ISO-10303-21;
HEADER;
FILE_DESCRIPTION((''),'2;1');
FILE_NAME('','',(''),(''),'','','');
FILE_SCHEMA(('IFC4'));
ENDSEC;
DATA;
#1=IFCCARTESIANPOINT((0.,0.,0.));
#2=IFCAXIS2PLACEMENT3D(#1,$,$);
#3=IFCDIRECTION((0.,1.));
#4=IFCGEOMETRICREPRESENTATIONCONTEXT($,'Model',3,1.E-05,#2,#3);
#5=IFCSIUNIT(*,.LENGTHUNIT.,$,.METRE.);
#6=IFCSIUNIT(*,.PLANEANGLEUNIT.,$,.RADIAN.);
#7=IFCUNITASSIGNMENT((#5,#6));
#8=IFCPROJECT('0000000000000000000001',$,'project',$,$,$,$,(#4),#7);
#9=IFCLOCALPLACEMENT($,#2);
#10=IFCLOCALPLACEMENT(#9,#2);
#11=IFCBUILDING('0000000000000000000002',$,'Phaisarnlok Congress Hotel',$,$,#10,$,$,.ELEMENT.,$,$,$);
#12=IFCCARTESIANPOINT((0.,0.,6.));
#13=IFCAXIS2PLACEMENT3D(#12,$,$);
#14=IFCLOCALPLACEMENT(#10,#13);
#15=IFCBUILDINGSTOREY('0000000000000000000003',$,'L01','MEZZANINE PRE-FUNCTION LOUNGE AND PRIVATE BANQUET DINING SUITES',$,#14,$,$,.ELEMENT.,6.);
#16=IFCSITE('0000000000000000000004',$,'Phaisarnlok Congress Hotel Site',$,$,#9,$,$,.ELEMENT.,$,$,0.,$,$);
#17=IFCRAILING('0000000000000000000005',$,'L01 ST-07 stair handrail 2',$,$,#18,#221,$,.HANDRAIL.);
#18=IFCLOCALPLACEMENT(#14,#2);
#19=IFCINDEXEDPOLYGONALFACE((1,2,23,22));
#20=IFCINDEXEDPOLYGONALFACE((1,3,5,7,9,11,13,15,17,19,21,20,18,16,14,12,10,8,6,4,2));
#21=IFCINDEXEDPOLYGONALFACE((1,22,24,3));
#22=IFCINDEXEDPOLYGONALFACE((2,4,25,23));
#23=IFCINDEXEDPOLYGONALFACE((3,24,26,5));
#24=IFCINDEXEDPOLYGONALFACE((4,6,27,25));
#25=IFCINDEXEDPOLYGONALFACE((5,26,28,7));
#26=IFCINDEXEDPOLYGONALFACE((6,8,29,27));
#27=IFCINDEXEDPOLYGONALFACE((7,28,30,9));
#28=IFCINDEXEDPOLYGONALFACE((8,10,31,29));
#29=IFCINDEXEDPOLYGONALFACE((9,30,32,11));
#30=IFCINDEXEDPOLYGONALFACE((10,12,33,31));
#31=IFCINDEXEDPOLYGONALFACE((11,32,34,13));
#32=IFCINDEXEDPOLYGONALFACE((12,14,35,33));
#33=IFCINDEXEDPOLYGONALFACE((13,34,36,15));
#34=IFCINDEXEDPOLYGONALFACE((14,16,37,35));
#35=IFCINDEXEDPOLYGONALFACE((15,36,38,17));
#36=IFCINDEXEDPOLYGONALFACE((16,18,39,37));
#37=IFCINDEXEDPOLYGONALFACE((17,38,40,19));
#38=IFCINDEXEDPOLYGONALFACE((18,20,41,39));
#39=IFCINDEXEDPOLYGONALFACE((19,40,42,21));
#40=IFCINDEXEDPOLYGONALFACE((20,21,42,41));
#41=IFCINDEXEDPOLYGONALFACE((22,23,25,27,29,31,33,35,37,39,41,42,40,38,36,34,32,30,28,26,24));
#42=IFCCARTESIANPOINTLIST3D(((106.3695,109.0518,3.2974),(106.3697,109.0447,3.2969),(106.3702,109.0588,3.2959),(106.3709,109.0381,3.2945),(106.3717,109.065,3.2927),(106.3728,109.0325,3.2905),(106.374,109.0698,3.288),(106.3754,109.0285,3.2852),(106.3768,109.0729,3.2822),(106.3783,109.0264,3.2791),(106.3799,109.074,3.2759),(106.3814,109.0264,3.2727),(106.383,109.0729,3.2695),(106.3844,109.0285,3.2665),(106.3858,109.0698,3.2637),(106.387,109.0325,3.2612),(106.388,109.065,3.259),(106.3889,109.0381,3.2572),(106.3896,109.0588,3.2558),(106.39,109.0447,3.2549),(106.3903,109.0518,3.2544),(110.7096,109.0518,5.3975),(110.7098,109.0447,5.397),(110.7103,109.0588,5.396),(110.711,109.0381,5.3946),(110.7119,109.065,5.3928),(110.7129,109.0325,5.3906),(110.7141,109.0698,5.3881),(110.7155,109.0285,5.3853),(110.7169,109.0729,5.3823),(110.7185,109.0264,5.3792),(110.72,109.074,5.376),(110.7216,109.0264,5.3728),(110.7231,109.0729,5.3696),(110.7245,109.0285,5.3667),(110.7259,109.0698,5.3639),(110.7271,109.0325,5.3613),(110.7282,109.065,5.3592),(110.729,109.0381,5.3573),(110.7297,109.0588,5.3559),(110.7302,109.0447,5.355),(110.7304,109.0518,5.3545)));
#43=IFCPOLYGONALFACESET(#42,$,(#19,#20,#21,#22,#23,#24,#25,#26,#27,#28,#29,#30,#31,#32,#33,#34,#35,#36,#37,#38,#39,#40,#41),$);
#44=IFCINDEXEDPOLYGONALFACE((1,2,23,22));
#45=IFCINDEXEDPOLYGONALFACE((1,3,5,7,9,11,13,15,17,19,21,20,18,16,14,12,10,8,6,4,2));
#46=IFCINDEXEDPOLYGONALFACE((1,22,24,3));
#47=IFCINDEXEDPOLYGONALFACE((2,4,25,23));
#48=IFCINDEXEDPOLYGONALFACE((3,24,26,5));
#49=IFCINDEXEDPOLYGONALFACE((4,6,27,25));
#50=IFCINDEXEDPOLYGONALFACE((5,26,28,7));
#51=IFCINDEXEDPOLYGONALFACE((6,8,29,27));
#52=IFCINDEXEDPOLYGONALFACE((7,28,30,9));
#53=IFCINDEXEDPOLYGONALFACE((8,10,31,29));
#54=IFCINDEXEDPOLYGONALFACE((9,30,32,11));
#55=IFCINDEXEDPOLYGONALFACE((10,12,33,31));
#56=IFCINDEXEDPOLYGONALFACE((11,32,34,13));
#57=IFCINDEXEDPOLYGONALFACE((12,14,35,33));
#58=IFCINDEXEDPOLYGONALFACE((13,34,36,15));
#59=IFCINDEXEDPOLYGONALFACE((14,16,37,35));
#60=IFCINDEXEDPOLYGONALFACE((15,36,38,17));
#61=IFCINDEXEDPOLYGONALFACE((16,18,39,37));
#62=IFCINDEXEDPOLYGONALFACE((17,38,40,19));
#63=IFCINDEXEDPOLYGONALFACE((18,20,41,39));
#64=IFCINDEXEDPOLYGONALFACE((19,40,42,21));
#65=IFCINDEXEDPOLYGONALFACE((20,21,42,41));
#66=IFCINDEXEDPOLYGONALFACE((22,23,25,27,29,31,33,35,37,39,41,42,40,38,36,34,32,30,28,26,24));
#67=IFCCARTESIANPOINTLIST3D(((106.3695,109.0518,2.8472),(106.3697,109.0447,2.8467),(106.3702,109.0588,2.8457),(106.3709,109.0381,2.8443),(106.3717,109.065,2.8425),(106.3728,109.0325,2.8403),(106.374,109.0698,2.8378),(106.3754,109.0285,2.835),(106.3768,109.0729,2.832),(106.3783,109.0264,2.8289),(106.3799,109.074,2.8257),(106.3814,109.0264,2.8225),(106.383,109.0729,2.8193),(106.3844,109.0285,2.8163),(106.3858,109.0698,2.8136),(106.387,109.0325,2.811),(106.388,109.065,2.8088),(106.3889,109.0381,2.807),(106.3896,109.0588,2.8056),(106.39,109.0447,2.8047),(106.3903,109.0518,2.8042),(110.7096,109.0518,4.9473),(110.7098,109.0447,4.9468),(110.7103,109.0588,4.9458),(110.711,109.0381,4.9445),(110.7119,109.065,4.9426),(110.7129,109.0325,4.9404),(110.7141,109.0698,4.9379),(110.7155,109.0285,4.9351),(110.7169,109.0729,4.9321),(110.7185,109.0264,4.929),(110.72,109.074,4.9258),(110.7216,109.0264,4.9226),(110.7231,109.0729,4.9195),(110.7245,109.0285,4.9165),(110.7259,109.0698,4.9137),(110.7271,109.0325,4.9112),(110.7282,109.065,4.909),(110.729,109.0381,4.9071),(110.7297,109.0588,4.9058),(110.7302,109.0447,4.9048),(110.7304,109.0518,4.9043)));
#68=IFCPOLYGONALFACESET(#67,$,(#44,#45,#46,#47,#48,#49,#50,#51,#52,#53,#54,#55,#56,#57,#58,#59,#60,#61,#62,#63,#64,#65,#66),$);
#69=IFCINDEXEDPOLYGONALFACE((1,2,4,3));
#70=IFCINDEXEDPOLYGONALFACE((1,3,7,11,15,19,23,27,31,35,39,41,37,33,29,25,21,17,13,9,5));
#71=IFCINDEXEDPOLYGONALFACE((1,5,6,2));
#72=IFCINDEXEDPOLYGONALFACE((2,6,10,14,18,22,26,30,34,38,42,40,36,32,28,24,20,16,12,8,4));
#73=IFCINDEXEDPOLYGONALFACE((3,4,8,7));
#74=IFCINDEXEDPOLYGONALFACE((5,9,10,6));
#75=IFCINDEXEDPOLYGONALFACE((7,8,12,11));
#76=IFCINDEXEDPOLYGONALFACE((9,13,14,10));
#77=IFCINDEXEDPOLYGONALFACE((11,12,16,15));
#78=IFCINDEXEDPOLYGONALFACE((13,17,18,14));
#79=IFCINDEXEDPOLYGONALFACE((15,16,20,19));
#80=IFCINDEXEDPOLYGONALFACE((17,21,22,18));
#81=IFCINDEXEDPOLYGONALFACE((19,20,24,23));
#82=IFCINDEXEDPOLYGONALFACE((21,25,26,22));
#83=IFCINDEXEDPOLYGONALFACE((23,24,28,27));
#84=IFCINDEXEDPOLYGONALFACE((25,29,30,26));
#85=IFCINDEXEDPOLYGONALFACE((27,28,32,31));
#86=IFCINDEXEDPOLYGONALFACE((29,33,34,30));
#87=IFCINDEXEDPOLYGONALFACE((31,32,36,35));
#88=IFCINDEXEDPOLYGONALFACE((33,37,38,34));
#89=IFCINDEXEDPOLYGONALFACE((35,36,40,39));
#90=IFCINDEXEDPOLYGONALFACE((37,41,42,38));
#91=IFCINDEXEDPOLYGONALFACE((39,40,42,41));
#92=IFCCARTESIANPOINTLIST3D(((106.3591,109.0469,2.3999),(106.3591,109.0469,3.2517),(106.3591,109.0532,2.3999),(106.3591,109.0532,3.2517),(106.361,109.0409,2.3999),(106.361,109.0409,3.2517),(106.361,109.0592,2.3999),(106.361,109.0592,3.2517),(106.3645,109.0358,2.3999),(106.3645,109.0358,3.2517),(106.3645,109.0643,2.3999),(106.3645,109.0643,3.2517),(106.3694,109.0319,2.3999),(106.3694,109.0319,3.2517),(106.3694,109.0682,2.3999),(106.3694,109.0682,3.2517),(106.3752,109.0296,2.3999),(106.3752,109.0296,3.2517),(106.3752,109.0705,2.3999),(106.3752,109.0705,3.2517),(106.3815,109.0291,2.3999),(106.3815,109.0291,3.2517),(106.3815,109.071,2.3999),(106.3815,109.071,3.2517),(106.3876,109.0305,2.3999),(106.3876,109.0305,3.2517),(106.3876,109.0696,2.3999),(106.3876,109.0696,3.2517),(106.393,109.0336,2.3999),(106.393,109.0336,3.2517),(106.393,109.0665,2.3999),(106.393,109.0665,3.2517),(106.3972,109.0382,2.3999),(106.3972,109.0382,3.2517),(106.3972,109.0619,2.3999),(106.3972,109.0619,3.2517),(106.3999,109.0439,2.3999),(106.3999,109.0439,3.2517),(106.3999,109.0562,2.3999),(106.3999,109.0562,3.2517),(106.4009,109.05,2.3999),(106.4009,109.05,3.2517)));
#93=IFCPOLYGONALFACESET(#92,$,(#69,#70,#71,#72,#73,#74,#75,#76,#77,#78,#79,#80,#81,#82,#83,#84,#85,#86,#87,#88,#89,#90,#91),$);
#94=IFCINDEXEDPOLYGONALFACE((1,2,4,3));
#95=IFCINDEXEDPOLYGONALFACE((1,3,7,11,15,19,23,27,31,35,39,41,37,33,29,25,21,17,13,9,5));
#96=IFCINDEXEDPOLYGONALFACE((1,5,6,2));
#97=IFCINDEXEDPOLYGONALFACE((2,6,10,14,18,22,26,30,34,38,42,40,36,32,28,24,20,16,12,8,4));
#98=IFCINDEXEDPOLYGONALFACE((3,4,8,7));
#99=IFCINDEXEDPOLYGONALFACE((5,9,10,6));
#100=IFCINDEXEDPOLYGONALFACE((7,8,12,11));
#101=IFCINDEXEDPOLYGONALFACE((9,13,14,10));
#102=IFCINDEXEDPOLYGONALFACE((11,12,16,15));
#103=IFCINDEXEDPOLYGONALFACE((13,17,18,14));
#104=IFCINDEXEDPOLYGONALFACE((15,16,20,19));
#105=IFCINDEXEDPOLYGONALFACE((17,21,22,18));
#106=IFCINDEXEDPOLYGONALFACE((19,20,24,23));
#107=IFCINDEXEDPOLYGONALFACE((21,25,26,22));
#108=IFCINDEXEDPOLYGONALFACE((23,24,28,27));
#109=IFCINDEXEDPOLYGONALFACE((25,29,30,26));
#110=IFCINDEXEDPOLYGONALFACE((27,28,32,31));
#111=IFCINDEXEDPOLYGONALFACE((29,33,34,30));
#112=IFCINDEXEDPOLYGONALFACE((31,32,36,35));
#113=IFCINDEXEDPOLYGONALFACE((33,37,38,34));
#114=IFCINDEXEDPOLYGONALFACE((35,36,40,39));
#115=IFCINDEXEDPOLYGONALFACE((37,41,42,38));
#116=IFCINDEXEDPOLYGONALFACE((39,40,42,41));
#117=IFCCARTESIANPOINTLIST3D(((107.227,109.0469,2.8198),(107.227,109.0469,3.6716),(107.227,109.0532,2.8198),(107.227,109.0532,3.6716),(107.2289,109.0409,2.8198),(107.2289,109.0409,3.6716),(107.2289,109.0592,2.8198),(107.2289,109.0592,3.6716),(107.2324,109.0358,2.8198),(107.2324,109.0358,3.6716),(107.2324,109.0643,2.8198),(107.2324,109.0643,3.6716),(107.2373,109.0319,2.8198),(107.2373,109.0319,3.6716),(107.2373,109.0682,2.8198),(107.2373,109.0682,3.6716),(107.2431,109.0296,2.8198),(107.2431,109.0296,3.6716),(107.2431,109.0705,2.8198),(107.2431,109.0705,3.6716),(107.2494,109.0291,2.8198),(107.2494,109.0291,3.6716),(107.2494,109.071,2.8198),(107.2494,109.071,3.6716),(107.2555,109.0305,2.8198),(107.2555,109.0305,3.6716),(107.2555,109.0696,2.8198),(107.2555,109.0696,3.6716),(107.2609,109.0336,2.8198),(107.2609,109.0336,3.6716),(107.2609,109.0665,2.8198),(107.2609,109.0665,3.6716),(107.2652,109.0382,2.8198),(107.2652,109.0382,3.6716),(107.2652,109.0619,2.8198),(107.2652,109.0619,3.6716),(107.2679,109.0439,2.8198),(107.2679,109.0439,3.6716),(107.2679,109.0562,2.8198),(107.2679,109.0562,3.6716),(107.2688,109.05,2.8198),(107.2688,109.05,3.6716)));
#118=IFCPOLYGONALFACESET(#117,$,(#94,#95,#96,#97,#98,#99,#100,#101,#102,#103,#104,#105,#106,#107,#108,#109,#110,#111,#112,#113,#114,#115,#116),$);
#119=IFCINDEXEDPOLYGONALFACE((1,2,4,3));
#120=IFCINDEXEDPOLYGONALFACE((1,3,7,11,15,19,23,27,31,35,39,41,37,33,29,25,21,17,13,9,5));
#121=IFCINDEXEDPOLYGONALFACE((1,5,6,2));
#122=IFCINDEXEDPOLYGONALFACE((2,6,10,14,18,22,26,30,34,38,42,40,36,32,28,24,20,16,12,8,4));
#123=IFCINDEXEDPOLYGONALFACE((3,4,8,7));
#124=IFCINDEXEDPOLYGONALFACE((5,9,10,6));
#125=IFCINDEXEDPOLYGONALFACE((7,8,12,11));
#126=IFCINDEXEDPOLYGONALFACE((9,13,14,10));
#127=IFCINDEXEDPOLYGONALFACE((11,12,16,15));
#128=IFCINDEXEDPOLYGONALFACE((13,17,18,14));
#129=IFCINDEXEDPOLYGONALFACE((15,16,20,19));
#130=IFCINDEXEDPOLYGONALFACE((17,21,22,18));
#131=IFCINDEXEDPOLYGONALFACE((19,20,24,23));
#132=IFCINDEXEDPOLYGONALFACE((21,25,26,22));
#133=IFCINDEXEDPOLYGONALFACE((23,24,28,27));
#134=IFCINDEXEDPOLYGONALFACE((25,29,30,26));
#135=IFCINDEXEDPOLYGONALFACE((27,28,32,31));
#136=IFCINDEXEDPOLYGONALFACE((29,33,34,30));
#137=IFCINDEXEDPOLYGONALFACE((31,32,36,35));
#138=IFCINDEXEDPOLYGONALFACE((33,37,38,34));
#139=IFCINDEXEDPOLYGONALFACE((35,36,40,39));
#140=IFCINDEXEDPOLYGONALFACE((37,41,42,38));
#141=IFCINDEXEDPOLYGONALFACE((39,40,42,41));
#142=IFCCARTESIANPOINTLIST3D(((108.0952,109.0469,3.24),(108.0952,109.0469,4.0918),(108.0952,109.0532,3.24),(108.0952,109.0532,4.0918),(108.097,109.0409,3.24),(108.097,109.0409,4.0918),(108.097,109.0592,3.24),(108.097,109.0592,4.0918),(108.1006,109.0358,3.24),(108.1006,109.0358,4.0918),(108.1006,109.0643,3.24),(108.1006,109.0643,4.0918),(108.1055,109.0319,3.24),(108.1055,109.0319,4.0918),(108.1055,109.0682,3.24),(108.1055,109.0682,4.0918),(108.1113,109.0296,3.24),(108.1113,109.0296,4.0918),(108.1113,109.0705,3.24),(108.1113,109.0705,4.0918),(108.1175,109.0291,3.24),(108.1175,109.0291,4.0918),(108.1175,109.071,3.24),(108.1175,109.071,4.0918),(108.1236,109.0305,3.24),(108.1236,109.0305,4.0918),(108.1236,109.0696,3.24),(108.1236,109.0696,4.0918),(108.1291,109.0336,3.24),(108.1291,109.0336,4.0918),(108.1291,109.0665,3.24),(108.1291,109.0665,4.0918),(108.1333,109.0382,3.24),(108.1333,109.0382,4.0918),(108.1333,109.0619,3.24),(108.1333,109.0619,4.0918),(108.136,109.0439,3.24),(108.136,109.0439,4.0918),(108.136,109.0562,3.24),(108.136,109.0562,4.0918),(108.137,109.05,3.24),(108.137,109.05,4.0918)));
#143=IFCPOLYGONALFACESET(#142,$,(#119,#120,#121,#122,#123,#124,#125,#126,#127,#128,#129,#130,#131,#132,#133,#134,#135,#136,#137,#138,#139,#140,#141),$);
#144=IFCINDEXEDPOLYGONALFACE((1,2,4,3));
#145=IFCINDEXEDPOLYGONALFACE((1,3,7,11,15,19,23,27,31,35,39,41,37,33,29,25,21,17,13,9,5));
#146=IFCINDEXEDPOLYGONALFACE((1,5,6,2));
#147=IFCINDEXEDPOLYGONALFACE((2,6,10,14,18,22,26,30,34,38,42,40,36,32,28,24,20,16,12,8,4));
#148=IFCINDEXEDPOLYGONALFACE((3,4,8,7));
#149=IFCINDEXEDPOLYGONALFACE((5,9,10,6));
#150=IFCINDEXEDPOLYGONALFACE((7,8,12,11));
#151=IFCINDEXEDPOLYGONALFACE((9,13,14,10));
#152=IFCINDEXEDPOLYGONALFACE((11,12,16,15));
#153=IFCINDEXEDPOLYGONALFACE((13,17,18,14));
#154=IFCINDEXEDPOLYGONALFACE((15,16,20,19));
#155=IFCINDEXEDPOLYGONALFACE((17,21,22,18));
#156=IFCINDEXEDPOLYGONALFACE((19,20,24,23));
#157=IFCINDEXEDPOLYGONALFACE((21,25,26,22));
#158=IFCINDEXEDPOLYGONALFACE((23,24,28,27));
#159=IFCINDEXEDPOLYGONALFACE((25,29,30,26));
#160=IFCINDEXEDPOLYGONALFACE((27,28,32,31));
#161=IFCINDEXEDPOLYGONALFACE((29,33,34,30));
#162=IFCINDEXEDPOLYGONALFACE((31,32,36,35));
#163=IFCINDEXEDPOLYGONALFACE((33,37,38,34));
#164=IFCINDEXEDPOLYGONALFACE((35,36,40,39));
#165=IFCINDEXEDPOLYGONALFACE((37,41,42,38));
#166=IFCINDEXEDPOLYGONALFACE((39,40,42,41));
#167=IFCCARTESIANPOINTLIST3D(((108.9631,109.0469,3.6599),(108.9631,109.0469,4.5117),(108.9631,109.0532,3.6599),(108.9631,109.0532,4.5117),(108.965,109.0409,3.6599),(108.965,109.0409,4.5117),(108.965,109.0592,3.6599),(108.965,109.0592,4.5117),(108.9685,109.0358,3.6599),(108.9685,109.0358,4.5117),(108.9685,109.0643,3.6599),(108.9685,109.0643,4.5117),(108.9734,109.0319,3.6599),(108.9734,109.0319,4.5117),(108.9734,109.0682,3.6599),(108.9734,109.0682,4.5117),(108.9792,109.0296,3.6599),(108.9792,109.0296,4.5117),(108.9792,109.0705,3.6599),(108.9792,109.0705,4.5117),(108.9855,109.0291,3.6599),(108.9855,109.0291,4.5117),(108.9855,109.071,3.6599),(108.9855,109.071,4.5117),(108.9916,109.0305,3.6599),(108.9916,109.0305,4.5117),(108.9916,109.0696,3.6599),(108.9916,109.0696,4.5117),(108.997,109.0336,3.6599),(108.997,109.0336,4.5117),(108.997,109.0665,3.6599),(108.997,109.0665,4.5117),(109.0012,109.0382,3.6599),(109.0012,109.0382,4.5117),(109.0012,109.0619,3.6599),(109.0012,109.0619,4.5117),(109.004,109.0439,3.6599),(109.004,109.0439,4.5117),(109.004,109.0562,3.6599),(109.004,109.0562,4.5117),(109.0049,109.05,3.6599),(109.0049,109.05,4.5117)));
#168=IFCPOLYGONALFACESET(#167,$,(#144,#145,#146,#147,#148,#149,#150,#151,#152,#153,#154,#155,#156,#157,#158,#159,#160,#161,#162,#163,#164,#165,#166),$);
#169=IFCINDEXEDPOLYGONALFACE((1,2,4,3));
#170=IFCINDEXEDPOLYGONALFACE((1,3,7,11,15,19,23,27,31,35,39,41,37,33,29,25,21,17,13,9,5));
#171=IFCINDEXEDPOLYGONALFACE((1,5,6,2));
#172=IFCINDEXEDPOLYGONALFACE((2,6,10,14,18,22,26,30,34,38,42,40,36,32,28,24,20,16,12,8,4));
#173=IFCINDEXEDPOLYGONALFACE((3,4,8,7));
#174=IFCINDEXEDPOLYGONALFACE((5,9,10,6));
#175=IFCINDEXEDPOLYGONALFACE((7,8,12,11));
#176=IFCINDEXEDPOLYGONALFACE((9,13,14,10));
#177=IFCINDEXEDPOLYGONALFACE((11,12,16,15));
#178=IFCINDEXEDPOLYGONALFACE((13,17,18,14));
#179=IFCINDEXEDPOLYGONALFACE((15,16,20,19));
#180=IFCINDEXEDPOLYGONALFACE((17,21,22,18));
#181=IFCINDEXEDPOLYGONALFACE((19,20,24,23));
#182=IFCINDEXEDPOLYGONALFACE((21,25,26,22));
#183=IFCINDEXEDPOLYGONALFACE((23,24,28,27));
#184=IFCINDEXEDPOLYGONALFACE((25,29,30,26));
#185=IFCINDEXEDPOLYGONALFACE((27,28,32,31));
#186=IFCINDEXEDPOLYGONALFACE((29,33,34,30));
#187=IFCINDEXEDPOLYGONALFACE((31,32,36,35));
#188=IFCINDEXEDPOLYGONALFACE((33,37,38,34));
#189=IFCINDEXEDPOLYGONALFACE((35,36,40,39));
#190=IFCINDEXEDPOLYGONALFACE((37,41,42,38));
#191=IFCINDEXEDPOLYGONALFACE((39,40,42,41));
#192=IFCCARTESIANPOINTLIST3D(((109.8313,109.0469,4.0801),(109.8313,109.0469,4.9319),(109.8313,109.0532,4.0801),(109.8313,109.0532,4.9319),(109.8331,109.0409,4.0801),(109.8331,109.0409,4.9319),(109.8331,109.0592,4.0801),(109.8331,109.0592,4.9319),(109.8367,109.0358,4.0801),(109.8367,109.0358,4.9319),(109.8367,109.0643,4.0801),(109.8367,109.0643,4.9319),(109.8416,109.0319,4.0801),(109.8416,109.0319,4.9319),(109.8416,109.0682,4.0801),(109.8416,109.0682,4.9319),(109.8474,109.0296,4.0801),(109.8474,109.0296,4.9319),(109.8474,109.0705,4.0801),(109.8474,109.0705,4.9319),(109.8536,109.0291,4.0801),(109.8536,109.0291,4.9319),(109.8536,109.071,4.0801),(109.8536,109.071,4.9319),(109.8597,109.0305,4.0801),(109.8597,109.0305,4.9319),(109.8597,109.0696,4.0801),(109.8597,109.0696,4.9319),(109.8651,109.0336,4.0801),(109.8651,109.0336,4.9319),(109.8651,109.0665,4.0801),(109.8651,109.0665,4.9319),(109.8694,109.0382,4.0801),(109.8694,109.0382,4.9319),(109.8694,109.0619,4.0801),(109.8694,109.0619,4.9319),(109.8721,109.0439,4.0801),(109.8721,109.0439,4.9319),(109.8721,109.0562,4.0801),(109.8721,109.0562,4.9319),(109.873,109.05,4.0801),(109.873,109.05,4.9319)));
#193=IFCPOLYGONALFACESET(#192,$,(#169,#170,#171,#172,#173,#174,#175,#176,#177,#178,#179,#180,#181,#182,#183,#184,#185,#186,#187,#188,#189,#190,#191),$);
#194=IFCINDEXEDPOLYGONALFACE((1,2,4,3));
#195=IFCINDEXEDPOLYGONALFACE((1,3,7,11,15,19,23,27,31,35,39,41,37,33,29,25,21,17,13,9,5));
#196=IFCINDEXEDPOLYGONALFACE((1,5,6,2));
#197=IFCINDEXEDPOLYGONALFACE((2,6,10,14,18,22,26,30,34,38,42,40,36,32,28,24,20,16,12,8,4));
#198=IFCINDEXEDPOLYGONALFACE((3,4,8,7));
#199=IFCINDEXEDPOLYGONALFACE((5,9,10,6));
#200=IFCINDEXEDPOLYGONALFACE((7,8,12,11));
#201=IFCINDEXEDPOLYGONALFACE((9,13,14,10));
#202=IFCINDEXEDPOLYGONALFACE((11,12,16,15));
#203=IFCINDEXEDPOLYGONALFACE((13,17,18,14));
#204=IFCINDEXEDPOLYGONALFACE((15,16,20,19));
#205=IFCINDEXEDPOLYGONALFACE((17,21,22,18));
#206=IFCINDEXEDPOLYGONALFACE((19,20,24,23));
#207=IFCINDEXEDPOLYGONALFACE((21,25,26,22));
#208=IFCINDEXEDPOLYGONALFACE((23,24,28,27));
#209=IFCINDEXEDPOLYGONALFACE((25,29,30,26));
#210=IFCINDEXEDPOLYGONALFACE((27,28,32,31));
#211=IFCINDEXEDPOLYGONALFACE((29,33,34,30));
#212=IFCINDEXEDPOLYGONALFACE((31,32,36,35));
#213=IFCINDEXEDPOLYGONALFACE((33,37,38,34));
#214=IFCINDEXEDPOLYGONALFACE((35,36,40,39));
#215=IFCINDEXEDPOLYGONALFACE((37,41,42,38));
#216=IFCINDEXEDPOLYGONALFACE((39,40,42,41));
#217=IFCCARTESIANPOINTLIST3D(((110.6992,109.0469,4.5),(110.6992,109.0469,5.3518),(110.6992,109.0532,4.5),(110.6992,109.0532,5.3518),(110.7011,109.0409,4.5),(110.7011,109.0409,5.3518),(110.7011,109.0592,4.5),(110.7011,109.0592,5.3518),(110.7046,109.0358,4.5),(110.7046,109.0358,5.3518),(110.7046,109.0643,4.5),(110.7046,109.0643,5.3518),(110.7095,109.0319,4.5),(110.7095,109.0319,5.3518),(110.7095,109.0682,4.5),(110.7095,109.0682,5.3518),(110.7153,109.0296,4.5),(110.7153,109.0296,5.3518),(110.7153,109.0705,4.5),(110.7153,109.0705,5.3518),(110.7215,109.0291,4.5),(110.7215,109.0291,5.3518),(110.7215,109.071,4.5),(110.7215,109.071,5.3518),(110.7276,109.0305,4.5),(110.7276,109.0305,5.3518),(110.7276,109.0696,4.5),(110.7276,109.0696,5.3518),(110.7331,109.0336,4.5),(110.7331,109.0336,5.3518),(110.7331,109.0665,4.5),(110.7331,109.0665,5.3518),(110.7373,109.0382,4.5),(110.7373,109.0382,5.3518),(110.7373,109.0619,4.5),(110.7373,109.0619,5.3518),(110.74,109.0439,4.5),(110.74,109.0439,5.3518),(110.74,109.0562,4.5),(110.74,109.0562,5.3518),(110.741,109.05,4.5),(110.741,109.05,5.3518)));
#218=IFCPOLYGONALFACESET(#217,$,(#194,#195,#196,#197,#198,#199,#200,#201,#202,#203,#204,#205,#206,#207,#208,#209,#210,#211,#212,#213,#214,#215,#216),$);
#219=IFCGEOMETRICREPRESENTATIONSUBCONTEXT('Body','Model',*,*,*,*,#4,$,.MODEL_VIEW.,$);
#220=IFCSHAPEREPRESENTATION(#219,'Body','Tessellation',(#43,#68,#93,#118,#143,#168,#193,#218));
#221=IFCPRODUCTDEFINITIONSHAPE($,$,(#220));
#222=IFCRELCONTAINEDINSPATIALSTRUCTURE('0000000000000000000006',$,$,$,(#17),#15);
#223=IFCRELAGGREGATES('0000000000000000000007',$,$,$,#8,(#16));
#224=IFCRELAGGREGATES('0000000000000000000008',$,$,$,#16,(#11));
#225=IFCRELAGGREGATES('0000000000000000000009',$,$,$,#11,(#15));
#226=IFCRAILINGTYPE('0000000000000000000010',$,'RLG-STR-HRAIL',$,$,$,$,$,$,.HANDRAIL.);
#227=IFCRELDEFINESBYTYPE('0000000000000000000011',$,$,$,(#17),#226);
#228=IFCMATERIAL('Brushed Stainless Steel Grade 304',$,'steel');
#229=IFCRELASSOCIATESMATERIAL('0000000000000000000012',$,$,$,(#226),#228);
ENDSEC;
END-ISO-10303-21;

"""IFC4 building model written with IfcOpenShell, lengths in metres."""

from ifc_helpers import new_model, si_unit, direction, frame, origin, origin_2d, place, context, subcontext, project, spatial, circle, extrude, material, type_object, element, save


model = new_model("IFC4")

# Units and contexts
model_context = context("Model", 3, precision=1e-05, world=origin(), true_north=direction((0.0, 1.0)))
body_context = subcontext(model_context, "Body", "Model", "MODEL_VIEW")
ifc_project = project(units=[si_unit("LENGTHUNIT", "METRE"), si_unit("PLANEANGLEUNIT", "RADIAN")], contexts=[model_context])

# Site, building, storey
site_placement = place(None, origin())
site = spatial("IfcSite", under=ifc_project, at=site_placement, Name="Phaisarnlok Congress Hotel Site", CompositionType="ELEMENT", RefElevation=0.0)
building_placement = place(site_placement, origin())
building = spatial("IfcBuilding", under=site, at=building_placement, Name="Phaisarnlok Congress Hotel", CompositionType="ELEMENT")
storey_placement = place(building_placement, frame((0.0, 0.0, 6.0)))
storey = spatial("IfcBuildingStorey", under=building, at=storey_placement, Name="L01", Description="MEZZANINE PRE-FUNCTION LOUNGE AND PRIVATE BANQUET DINING SUITES", CompositionType="ELEMENT", Elevation=6.0)

# Railing
ifc_material_1 = material(Name="Brushed Stainless Steel Grade 304", Category="steel")
railing_type_1 = type_object("IfcRailingType", Name="RLG-STR-HRAIL", PredefinedType="HANDRAIL", material=ifc_material_1)
railing_1_placement = place(storey_placement, frame((106.3799, 109.05, 2.3999)))
element("IfcRailing", 1, at=railing_1_placement, inside=storey, type_object=railing_type_1, Name="L01 ST-07 stair handrail 2", PredefinedType="HANDRAIL", context=body_context, shape_type="SweptSolid", body=[
    extrude(circle(Radius=0.0239, at=origin_2d()), frame((0.0, 0.0, 0.876), z_axis=(0.900155, 0.0, 0.43557), x_axis=(0.0, 1.0, 0.0)), (0.0, 0.0, 1.0), 4.8215),
    extrude(circle(Radius=0.0239, at=origin_2d()), frame((0.0, 0.0, 0.4258), z_axis=(0.900155, 0.0, 0.43557), x_axis=(0.0, 1.0, 0.0)), (0.0, 0.0, 1.0), 4.8215),
    extrude(circle(Radius=0.021, at=origin_2d()), origin(), (0.0, 0.0, 1.0), 0.8518),
    extrude(circle(Radius=0.021, at=origin_2d()), frame((0.8679, 0.0, 0.4199)), (0.0, 0.0, 1.0), 0.8518),
    extrude(circle(Radius=0.021, at=origin_2d()), frame((1.7361, 0.0, 0.8401)), (0.0, 0.0, 1.0), 0.8518),
    extrude(circle(Radius=0.021, at=origin_2d()), frame((2.604, 0.0, 1.26)), (0.0, 0.0, 1.0), 0.8518),
    extrude(circle(Radius=0.021, at=origin_2d()), frame((3.4722, 0.0, 1.6802)), (0.0, 0.0, 1.0), 0.8518),
    extrude(circle(Radius=0.021, at=origin_2d()), frame((4.3401, 0.0, 2.1001)), (0.0, 0.0, 1.0), 0.8518),
])

save(model, "model.ifc")
